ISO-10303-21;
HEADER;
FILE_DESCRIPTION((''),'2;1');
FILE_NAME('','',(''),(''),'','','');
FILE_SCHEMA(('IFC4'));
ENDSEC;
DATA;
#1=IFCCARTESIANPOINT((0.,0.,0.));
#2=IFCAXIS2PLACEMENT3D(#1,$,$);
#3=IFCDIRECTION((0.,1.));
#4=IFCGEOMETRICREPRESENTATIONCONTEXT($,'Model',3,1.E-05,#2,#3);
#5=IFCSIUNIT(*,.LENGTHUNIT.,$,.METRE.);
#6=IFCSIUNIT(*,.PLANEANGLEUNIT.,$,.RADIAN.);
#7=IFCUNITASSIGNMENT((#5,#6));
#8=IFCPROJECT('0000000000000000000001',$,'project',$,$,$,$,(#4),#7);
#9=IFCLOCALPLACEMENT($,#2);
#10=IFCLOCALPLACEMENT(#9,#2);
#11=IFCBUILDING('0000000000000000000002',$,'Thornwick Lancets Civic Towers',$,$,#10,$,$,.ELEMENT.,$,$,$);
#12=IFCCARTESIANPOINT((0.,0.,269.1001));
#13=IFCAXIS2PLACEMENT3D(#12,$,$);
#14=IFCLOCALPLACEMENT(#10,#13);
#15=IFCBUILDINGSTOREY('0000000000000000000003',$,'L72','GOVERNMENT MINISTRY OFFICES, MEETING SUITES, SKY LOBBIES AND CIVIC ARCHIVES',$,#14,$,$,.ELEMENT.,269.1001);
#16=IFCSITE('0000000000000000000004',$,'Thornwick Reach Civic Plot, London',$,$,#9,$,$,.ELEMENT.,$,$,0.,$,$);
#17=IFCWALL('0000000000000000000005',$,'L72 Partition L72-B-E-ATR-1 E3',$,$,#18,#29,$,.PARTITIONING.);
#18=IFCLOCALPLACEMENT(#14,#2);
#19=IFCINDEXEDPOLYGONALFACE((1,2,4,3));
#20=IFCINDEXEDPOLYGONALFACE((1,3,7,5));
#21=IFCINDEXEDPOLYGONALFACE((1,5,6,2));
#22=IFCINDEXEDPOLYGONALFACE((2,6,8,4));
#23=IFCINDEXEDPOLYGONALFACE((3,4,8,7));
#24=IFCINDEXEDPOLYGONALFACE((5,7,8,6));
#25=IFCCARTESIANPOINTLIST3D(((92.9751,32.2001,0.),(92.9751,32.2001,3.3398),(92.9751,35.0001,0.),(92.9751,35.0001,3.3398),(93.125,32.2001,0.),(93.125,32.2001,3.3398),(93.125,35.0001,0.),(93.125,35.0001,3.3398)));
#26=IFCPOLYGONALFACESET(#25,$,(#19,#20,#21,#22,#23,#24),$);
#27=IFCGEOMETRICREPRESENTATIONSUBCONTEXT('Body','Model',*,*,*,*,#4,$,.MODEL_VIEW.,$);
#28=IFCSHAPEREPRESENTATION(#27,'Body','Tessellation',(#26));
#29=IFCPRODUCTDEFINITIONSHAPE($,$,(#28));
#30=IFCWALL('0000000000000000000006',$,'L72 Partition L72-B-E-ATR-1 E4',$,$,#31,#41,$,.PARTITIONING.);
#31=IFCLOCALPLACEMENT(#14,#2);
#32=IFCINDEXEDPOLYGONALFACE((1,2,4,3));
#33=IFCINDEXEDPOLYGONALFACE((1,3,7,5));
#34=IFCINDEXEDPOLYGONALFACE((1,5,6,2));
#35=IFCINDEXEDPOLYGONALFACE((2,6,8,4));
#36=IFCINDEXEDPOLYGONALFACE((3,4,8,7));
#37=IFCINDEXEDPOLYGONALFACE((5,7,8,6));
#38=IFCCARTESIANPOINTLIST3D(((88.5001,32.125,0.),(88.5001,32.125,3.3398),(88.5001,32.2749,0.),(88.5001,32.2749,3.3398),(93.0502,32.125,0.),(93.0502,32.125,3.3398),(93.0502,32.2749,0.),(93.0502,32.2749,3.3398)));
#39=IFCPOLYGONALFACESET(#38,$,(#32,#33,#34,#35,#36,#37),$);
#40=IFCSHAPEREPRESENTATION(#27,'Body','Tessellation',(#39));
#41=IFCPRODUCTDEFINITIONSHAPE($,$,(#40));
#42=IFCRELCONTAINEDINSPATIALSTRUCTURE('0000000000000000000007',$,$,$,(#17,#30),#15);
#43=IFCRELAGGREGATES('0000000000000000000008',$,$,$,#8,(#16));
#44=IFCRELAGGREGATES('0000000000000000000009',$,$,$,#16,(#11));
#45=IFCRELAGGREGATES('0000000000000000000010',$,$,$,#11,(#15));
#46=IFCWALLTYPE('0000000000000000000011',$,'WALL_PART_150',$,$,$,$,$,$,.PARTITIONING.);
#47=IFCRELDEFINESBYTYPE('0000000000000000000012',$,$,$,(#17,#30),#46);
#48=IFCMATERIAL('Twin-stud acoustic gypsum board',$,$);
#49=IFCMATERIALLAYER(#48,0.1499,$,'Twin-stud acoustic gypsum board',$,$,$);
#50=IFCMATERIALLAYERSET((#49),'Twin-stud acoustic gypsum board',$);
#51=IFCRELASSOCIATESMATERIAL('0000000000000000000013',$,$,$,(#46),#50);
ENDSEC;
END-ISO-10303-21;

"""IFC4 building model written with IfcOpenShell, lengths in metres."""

from ifc_helpers import new_model, si_unit, direction, frame, frame_2d, origin, place, context, subcontext, project, spatial, rectangle, extrude, material, layer, layer_set, type_object, element, save


model = new_model("IFC4")

# Units and contexts
model_context = context("Model", 3, precision=1e-05, world=origin(), true_north=direction((0.0, 1.0)))
body_context = subcontext(model_context, "Body", "Model", "MODEL_VIEW")
ifc_project = project(units=[si_unit("LENGTHUNIT", "METRE"), si_unit("PLANEANGLEUNIT", "RADIAN")], contexts=[model_context])

# Site, building, storey
site_placement = place(None, origin())
site = spatial("IfcSite", under=ifc_project, at=site_placement, Name="Thornwick Reach Civic Plot, London", CompositionType="ELEMENT", RefElevation=0.0)
building_placement = place(site_placement, origin())
building = spatial("IfcBuilding", under=site, at=building_placement, Name="Thornwick Lancets Civic Towers", CompositionType="ELEMENT")
storey_placement = place(building_placement, frame((0.0, 0.0, 269.1001)))
storey = spatial("IfcBuildingStorey", under=building, at=storey_placement, Name="L72", Description="GOVERNMENT MINISTRY OFFICES, MEETING SUITES, SKY LOBBIES AND CIVIC ARCHIVES", CompositionType="ELEMENT", Elevation=269.1001)

# Shared definitions
ifc_material_1 = material(Name="Twin-stud acoustic gypsum board")
ifc_layer_1 = layer(ifc_material_1, 0.1499, Name="Twin-stud acoustic gypsum board")
ifc_layer_set_1 = layer_set([ifc_layer_1], Name="Twin-stud acoustic gypsum board")
wall_type_1 = type_object("IfcWallType", Name="WALL_PART_150", PredefinedType="PARTITIONING", material=ifc_layer_set_1)

# Walls
wall_1_placement = place(storey_placement, frame((93.05, 35.0, 0.0), z_axis=(0.0, 0.0, 1.0), x_axis=(0.0, -1.0, 0.0)))
element("IfcWall", 1, at=wall_1_placement, inside=storey, type_object=wall_type_1, Name="L72 Partition L72-B-E-ATR-1 E3", PredefinedType="PARTITIONING", context=body_context, shape_type="SweptSolid", body=[
    extrude(rectangle(XDim=2.8, YDim=0.1499, at=frame_2d((1.3999, 0.0))), origin(), (0.0, 0.0, 1.0), 3.3398),
])
wall_2_placement = place(storey_placement, frame((93.05, 32.2, 0.0), z_axis=(0.0, 0.0, 1.0), x_axis=(-1.0, 0.0, 0.0)))
element("IfcWall", 2, at=wall_2_placement, inside=storey, type_object=wall_type_1, Name="L72 Partition L72-B-E-ATR-1 E4", PredefinedType="PARTITIONING", context=body_context, shape_type="SweptSolid", body=[
    extrude(rectangle(XDim=4.55, YDim=0.1499, at=frame_2d((2.2749, 0.0))), origin(), (0.0, 0.0, 1.0), 3.3398),
])

save(model, "model.ifc")
